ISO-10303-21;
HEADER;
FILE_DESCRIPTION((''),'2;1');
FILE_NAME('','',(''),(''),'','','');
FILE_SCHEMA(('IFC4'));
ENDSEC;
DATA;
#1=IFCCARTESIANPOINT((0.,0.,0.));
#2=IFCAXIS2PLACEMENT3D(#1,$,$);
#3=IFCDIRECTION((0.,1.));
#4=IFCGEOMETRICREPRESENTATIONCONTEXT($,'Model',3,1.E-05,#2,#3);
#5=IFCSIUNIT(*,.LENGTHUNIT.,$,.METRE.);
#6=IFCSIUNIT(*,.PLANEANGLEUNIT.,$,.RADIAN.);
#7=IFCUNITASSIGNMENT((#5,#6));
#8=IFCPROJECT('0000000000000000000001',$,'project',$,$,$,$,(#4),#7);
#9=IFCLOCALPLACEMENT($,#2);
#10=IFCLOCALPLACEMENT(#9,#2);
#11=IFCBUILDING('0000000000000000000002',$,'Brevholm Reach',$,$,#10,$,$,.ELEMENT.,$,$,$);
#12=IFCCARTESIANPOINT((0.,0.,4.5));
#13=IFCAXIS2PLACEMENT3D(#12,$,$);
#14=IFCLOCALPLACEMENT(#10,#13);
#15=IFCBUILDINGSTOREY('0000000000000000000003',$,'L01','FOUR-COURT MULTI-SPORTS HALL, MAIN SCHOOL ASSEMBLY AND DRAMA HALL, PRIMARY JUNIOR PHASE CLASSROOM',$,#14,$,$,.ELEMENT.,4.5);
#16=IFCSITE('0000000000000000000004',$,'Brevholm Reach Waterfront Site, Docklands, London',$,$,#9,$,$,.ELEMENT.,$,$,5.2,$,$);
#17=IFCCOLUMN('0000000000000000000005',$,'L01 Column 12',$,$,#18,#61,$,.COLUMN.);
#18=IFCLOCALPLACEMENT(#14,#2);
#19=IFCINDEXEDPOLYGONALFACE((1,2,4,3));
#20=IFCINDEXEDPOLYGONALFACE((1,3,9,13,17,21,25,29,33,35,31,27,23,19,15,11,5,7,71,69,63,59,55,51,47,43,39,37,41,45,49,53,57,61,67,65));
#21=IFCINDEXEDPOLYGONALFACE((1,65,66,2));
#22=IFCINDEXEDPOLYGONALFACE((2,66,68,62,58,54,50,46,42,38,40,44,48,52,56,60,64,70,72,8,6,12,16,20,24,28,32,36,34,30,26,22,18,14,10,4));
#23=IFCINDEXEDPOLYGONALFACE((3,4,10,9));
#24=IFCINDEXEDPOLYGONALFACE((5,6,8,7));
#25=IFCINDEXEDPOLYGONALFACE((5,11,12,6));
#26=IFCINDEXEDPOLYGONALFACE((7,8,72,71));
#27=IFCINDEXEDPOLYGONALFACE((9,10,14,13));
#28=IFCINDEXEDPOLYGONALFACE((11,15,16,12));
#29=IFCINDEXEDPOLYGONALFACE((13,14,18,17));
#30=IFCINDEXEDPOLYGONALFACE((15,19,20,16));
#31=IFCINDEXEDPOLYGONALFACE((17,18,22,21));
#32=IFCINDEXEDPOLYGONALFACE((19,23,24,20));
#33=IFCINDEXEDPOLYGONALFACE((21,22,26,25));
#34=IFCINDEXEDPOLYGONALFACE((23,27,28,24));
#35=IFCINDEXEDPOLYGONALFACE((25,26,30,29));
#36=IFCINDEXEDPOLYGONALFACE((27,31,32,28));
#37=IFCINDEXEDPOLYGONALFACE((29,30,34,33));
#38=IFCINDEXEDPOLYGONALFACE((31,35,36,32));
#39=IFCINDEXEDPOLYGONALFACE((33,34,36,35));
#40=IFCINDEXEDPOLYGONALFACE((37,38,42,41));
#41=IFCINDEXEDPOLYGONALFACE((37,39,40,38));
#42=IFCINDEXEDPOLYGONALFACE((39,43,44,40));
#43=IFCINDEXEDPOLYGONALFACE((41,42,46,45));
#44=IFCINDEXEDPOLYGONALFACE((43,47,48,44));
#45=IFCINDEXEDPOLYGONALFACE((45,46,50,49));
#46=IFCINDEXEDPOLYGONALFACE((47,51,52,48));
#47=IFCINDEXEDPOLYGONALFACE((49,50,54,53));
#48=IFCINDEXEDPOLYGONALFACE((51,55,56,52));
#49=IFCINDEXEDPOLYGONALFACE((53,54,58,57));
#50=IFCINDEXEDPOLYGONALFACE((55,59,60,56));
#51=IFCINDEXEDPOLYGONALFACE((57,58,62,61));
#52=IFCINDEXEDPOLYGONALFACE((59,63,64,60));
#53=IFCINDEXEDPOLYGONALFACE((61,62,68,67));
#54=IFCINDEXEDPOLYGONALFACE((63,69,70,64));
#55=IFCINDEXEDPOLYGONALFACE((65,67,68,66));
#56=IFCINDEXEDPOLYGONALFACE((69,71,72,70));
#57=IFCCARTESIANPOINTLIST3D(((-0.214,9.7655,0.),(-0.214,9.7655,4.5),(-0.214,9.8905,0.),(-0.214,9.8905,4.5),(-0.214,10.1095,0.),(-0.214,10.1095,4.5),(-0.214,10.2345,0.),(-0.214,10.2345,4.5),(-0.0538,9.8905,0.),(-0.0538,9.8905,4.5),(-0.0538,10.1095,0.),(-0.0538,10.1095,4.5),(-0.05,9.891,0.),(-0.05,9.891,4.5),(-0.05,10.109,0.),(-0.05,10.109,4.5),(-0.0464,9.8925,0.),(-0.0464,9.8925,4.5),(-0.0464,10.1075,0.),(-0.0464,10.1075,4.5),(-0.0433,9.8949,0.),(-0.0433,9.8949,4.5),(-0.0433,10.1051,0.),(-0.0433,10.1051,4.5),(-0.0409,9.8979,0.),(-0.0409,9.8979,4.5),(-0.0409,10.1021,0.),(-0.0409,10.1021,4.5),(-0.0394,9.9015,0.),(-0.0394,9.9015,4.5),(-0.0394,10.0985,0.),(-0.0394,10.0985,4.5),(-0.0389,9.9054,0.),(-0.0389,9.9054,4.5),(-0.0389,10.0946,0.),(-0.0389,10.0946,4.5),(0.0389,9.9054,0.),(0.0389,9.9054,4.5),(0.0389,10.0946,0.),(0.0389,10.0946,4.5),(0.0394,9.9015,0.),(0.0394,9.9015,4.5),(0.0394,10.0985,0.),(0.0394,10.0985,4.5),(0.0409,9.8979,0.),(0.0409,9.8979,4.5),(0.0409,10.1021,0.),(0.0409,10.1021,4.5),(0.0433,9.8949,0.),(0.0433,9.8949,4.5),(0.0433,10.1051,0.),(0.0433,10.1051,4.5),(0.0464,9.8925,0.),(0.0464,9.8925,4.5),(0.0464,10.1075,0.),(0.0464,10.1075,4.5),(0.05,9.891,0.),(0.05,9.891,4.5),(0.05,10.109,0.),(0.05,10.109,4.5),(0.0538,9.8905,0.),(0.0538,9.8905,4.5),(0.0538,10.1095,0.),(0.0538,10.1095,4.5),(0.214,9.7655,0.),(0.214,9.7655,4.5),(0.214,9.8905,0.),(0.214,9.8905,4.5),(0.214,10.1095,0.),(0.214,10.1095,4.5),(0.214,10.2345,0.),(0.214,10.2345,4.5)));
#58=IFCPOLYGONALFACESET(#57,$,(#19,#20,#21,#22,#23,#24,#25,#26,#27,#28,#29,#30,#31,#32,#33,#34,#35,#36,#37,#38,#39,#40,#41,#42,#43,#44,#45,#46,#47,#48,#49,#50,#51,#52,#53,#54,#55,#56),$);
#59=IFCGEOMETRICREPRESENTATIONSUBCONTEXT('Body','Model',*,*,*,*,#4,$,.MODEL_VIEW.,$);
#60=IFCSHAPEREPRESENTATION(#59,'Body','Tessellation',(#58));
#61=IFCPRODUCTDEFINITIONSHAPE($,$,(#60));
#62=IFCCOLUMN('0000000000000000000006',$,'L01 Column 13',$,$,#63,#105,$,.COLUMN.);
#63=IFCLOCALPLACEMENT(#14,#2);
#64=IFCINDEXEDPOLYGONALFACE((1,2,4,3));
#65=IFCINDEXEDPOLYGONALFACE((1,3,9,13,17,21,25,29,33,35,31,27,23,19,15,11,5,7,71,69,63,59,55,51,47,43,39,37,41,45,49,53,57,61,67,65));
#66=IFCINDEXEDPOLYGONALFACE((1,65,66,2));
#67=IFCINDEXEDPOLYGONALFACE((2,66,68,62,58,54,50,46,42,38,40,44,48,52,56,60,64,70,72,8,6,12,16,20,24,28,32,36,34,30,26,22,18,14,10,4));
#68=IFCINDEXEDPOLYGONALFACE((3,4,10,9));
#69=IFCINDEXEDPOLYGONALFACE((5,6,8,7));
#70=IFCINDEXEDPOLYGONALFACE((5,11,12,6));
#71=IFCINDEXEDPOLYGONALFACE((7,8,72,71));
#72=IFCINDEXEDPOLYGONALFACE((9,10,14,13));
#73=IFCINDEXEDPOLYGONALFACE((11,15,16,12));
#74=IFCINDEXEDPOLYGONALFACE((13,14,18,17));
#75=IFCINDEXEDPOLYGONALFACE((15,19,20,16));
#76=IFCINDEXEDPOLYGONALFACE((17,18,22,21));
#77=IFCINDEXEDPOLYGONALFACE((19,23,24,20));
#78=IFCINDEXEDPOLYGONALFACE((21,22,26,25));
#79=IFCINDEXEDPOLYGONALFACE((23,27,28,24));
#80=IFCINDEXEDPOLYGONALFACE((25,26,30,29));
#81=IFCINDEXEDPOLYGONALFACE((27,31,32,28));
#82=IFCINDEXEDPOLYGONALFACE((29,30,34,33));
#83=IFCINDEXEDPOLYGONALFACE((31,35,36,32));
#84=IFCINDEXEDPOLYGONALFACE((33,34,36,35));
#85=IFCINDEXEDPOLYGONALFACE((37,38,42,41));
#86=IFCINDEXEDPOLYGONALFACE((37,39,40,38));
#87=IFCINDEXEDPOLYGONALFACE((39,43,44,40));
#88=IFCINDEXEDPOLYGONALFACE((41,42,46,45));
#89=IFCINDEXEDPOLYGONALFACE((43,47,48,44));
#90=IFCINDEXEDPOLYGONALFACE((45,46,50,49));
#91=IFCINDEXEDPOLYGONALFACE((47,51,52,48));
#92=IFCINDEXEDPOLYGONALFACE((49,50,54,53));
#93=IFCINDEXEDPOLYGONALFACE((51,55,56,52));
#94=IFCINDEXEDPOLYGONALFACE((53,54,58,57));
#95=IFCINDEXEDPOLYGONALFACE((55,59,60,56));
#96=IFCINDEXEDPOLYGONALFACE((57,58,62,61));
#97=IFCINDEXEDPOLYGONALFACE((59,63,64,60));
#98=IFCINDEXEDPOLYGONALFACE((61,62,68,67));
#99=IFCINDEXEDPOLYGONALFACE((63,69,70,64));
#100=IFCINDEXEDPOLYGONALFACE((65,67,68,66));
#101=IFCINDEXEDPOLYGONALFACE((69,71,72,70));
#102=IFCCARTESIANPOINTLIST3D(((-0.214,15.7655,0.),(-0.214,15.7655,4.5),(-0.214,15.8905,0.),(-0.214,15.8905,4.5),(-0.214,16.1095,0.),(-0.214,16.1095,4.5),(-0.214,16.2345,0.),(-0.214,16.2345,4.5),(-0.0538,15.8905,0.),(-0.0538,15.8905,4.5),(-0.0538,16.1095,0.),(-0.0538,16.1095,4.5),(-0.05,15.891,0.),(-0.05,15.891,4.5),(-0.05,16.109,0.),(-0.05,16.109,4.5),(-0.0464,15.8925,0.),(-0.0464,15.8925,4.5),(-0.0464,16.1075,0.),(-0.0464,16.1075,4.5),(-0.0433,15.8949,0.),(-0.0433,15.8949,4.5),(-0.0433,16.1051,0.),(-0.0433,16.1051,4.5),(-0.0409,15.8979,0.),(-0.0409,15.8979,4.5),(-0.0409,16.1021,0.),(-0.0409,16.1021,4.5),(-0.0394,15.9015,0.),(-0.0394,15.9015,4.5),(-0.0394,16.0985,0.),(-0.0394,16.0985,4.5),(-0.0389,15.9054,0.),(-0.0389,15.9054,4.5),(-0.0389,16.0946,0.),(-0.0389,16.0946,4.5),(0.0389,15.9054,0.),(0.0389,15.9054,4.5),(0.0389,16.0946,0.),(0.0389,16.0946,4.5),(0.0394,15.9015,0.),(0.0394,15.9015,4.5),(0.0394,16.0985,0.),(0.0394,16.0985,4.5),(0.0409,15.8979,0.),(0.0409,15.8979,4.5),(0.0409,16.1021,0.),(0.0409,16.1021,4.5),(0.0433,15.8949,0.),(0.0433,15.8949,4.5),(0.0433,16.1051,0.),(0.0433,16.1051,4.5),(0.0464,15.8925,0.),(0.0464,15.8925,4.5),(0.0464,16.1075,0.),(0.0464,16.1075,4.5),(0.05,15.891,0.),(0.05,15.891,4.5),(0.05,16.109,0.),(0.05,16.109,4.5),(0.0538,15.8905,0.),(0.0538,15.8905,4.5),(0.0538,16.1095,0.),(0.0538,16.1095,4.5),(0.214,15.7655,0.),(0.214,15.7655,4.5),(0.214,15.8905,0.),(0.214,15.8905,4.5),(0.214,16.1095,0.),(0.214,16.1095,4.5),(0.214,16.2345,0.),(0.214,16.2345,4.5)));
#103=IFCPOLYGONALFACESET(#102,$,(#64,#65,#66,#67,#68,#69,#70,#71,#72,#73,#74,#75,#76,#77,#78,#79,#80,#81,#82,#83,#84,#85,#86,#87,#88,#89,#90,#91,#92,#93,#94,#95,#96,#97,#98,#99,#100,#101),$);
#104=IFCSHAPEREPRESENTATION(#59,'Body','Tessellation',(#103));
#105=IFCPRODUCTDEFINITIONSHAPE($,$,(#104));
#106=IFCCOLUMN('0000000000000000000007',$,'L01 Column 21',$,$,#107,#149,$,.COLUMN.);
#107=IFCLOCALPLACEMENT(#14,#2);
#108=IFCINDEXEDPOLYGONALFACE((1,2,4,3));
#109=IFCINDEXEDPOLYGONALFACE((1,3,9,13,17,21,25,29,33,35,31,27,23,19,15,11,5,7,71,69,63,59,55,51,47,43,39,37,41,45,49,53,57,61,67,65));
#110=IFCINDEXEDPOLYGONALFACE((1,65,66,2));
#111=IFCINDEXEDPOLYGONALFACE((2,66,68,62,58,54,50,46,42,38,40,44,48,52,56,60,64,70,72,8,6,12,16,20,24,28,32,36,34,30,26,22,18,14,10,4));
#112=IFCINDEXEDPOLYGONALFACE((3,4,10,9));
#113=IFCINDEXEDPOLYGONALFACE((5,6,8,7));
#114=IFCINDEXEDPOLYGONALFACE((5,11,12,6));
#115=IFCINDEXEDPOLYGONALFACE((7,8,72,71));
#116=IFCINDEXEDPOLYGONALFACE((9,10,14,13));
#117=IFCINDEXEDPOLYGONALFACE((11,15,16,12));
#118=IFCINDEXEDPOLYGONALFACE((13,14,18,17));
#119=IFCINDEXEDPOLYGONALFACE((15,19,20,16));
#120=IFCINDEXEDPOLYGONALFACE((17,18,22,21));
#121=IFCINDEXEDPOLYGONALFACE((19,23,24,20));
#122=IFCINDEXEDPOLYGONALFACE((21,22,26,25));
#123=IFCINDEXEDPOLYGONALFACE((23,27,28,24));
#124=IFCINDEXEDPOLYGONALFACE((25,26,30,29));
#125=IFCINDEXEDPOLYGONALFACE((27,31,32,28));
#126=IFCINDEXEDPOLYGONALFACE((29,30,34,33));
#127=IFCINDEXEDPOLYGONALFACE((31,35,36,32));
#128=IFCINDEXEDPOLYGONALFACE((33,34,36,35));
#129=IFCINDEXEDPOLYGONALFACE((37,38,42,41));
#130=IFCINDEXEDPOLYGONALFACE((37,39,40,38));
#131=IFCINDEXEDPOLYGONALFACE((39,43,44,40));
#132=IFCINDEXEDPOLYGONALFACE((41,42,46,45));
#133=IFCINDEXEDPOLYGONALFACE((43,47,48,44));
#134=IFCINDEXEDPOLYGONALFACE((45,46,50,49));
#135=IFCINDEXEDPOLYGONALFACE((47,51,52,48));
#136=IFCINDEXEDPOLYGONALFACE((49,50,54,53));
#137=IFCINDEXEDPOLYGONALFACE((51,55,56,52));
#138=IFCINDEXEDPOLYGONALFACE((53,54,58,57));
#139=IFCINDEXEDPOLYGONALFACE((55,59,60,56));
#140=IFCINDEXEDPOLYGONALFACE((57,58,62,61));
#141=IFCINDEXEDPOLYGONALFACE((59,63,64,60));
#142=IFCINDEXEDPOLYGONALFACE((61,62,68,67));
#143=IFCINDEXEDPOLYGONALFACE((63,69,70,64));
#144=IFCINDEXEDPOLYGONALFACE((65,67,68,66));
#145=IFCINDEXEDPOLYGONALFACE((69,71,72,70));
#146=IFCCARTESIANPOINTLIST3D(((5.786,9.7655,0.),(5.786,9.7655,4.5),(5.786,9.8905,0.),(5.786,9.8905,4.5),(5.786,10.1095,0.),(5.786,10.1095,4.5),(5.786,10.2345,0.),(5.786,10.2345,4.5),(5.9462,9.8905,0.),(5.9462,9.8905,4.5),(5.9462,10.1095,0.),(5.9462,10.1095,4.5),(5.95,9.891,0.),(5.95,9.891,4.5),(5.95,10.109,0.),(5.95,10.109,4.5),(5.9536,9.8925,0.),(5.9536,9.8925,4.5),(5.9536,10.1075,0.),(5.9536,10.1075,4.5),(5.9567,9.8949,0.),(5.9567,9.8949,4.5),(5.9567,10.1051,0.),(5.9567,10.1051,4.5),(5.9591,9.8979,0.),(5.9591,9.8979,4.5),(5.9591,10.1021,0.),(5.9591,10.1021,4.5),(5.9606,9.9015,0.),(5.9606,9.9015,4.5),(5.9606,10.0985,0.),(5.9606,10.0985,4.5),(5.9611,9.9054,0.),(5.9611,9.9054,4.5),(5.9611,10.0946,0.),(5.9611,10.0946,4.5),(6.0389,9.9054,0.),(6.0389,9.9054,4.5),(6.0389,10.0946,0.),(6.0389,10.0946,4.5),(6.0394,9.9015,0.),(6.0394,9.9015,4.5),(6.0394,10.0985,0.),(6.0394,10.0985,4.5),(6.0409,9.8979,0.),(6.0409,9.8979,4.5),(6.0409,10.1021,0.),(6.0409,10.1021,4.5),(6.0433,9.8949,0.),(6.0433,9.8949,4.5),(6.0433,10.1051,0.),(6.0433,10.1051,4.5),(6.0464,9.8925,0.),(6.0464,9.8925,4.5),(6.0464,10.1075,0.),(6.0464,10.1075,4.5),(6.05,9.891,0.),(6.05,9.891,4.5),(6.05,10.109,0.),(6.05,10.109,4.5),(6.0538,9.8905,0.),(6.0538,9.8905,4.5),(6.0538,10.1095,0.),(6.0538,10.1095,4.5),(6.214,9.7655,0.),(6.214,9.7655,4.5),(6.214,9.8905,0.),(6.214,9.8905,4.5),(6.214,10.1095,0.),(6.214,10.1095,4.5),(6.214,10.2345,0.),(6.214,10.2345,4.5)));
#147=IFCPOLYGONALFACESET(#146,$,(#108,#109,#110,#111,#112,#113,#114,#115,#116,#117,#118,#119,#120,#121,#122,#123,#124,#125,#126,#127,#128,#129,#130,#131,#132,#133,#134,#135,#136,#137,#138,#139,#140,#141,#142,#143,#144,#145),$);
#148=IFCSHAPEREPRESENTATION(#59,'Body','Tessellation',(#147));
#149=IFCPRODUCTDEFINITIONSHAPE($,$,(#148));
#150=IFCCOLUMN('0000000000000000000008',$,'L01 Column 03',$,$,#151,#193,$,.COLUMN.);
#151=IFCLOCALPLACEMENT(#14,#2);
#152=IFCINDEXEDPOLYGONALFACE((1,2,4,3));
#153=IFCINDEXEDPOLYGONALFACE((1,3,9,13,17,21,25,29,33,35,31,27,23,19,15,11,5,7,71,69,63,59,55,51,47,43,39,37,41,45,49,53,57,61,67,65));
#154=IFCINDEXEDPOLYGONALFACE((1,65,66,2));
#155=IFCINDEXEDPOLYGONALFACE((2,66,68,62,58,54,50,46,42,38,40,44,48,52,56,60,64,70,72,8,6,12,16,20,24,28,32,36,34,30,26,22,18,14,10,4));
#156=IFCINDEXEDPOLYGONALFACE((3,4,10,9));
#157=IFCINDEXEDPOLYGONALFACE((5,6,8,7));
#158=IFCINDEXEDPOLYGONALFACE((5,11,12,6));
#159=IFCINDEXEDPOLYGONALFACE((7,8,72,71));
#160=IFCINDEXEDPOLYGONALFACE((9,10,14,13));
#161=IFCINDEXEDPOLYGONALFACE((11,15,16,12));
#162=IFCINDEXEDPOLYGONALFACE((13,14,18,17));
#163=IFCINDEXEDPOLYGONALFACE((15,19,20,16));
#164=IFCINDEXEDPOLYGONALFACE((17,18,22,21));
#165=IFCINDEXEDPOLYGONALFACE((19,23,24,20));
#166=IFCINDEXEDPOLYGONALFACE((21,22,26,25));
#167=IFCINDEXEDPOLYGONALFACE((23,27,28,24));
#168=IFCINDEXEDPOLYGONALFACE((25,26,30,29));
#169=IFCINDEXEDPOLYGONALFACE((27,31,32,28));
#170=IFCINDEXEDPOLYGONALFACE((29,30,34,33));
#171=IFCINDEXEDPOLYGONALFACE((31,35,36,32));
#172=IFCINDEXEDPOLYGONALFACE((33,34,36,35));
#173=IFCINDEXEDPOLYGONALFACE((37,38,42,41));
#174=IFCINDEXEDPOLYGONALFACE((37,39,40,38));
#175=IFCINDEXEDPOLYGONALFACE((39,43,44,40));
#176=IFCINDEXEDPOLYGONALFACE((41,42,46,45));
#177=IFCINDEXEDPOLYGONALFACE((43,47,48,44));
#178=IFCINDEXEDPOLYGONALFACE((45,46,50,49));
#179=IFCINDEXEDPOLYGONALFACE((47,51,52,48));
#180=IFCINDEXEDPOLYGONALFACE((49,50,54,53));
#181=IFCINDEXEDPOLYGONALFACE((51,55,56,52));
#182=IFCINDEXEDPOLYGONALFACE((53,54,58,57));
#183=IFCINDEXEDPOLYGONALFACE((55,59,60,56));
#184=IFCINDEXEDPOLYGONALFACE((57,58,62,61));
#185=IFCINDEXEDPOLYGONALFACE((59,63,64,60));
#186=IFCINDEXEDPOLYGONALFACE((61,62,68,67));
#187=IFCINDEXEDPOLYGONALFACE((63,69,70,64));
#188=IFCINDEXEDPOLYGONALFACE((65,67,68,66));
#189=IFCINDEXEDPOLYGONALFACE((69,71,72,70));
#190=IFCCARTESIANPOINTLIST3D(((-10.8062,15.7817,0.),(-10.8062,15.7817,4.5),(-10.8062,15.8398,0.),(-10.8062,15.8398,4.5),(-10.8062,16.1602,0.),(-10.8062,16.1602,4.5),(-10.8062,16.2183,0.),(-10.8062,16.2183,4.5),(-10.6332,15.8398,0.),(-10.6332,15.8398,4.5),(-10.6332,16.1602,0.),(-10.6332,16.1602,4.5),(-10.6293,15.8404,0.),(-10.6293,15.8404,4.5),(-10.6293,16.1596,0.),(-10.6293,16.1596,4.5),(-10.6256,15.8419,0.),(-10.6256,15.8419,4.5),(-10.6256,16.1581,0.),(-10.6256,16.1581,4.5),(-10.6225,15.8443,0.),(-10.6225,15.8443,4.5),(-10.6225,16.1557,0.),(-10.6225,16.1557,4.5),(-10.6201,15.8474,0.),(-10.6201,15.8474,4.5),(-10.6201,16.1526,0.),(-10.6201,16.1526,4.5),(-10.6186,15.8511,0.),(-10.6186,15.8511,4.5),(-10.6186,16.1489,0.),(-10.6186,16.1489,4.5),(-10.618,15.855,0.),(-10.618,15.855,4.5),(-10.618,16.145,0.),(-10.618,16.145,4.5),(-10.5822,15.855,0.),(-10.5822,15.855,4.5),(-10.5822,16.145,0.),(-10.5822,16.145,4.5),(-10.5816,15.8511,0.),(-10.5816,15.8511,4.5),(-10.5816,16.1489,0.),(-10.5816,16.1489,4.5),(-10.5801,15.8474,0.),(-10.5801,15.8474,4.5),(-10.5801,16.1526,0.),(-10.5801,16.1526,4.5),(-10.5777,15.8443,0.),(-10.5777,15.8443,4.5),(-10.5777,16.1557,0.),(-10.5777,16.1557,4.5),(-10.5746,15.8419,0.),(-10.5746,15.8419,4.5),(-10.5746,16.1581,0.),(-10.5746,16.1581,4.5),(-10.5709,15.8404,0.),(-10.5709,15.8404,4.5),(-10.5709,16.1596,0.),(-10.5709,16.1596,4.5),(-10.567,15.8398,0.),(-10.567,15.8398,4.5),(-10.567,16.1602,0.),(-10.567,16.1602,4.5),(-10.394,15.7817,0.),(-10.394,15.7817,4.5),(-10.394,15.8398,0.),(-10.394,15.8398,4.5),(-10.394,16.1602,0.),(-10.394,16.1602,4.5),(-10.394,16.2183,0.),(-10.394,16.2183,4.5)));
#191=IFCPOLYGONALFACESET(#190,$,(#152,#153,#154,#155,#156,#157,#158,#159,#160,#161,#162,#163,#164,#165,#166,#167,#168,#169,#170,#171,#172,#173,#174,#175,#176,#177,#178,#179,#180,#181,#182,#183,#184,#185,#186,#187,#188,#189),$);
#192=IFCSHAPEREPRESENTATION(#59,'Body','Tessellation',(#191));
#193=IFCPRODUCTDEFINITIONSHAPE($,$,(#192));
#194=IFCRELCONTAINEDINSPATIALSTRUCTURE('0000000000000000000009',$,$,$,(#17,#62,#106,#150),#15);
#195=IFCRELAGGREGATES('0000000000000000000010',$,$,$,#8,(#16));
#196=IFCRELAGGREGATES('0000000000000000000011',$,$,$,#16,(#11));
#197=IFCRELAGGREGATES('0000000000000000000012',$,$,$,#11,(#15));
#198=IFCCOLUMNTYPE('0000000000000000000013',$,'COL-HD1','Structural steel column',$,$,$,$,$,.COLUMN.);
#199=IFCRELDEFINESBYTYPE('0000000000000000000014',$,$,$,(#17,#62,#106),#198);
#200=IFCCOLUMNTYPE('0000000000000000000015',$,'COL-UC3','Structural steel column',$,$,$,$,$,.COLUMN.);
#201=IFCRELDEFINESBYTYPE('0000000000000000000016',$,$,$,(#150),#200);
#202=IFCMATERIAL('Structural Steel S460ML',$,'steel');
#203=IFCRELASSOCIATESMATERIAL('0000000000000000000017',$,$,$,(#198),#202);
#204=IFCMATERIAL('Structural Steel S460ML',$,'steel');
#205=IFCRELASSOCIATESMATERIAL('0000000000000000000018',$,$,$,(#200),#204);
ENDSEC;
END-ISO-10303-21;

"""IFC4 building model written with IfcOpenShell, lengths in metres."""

from ifc_helpers import new_model, si_unit, direction, frame, origin, origin_2d, place, context, subcontext, project, spatial, i_section, extrude, material, material_profile, profile_set, type_object, element, save


model = new_model("IFC4")

# Units and contexts
model_context = context("Model", 3, precision=1e-05, world=origin(), true_north=direction((0.0, 1.0)))
body_context = subcontext(model_context, "Body", "Model", "MODEL_VIEW")
ifc_project = project(units=[si_unit("LENGTHUNIT", "METRE"), si_unit("PLANEANGLEUNIT", "RADIAN")], contexts=[model_context])

# Site, building, storey
site_placement = place(None, origin())
site = spatial("IfcSite", under=ifc_project, at=site_placement, Name="Brevholm Reach Waterfront Site, Docklands, London", CompositionType="ELEMENT", RefElevation=5.2)
building_placement = place(site_placement, origin())
building = spatial("IfcBuilding", under=site, at=building_placement, Name="Brevholm Reach", CompositionType="ELEMENT")
storey_placement = place(building_placement, frame((0.0, 0.0, 4.5)))
storey = spatial("IfcBuildingStorey", under=building, at=storey_placement, Name="L01", Description="FOUR-COURT MULTI-SPORTS HALL, MAIN SCHOOL ASSEMBLY AND DRAMA HALL, PRIMARY JUNIOR PHASE CLASSROOM", CompositionType="ELEMENT", Elevation=4.5)

# Columns
ifc_material_1 = material(Name="Structural Steel S460ML", Category="steel")
ifc_material_profile_1 = material_profile(ifc_material_1, i_section(OverallWidth=0.428, OverallDepth=0.469, WebThickness=0.0779, FlangeThickness=0.125, FilletRadius=0.0149, at=origin_2d()), Name="HD 400x1086")
ifc_profile_set_1 = profile_set([ifc_material_profile_1], Name="Structural Steel S460ML")
column_type_1 = type_object("IfcColumnType", Name="COL-HD1", Description="Structural steel column", PredefinedType="COLUMN", material=ifc_profile_set_1)
for number, where, z_axis, x_axis, name in (
    (1, (0.0, 10.0, 0.0), (0.0, 0.0, 1.0), (1.0, 0.0, 0.0), "L01 Column 12"),
    (2, (0.0, 16.0, 0.0), (0.0, 0.0, 1.0), (1.0, 0.0, 0.0), "L01 Column 13"),
    (3, (6.0, 10.0, 0.0), (0.0, 0.0, 1.0), (1.0, 0.0, 0.0), "L01 Column 21"),
):
    element("IfcColumn", number, at=place(storey_placement, frame(where, z_axis=z_axis, x_axis=x_axis)), inside=storey, type_object=column_type_1, Name=name, PredefinedType="COLUMN", context=body_context, shape_type="SweptSolid", body=[
        extrude(i_section(OverallWidth=0.428, OverallDepth=0.469, WebThickness=0.0779, FlangeThickness=0.125, FilletRadius=0.0149, at=origin_2d()), origin(), (0.0, 0.0, 1.0), 4.5),
    ])
ifc_material_2 = material(Name="Structural Steel S460ML", Category="steel")
ifc_material_profile_2 = material_profile(ifc_material_2, i_section(OverallWidth=0.4121, OverallDepth=0.4365, WebThickness=0.0359, FlangeThickness=0.0581, FilletRadius=0.0151, at=origin_2d()), Name="UKC 356x406x467")
ifc_profile_set_2 = profile_set([ifc_material_profile_2], Name="Structural Steel S460ML")
column_type_2 = type_object("IfcColumnType", Name="COL-UC3", Description="Structural steel column", PredefinedType="COLUMN", material=ifc_profile_set_2)
for number, where, z_axis, x_axis, name in (
    (4, (-10.6001, 16.0, 0.0), (0.0, 0.0, 1.0), (1.0, 0.0, 0.0), "L01 Column 03"),
):
    element("IfcColumn", number, at=place(storey_placement, frame(where, z_axis=z_axis, x_axis=x_axis)), inside=storey, type_object=column_type_2, Name=name, PredefinedType="COLUMN", context=body_context, shape_type="SweptSolid", body=[
        extrude(i_section(OverallWidth=0.4121, OverallDepth=0.4365, WebThickness=0.0359, FlangeThickness=0.0581, FilletRadius=0.0151, at=origin_2d()), origin(), (0.0, 0.0, 1.0), 4.5),
    ])

save(model, "model.ifc")
